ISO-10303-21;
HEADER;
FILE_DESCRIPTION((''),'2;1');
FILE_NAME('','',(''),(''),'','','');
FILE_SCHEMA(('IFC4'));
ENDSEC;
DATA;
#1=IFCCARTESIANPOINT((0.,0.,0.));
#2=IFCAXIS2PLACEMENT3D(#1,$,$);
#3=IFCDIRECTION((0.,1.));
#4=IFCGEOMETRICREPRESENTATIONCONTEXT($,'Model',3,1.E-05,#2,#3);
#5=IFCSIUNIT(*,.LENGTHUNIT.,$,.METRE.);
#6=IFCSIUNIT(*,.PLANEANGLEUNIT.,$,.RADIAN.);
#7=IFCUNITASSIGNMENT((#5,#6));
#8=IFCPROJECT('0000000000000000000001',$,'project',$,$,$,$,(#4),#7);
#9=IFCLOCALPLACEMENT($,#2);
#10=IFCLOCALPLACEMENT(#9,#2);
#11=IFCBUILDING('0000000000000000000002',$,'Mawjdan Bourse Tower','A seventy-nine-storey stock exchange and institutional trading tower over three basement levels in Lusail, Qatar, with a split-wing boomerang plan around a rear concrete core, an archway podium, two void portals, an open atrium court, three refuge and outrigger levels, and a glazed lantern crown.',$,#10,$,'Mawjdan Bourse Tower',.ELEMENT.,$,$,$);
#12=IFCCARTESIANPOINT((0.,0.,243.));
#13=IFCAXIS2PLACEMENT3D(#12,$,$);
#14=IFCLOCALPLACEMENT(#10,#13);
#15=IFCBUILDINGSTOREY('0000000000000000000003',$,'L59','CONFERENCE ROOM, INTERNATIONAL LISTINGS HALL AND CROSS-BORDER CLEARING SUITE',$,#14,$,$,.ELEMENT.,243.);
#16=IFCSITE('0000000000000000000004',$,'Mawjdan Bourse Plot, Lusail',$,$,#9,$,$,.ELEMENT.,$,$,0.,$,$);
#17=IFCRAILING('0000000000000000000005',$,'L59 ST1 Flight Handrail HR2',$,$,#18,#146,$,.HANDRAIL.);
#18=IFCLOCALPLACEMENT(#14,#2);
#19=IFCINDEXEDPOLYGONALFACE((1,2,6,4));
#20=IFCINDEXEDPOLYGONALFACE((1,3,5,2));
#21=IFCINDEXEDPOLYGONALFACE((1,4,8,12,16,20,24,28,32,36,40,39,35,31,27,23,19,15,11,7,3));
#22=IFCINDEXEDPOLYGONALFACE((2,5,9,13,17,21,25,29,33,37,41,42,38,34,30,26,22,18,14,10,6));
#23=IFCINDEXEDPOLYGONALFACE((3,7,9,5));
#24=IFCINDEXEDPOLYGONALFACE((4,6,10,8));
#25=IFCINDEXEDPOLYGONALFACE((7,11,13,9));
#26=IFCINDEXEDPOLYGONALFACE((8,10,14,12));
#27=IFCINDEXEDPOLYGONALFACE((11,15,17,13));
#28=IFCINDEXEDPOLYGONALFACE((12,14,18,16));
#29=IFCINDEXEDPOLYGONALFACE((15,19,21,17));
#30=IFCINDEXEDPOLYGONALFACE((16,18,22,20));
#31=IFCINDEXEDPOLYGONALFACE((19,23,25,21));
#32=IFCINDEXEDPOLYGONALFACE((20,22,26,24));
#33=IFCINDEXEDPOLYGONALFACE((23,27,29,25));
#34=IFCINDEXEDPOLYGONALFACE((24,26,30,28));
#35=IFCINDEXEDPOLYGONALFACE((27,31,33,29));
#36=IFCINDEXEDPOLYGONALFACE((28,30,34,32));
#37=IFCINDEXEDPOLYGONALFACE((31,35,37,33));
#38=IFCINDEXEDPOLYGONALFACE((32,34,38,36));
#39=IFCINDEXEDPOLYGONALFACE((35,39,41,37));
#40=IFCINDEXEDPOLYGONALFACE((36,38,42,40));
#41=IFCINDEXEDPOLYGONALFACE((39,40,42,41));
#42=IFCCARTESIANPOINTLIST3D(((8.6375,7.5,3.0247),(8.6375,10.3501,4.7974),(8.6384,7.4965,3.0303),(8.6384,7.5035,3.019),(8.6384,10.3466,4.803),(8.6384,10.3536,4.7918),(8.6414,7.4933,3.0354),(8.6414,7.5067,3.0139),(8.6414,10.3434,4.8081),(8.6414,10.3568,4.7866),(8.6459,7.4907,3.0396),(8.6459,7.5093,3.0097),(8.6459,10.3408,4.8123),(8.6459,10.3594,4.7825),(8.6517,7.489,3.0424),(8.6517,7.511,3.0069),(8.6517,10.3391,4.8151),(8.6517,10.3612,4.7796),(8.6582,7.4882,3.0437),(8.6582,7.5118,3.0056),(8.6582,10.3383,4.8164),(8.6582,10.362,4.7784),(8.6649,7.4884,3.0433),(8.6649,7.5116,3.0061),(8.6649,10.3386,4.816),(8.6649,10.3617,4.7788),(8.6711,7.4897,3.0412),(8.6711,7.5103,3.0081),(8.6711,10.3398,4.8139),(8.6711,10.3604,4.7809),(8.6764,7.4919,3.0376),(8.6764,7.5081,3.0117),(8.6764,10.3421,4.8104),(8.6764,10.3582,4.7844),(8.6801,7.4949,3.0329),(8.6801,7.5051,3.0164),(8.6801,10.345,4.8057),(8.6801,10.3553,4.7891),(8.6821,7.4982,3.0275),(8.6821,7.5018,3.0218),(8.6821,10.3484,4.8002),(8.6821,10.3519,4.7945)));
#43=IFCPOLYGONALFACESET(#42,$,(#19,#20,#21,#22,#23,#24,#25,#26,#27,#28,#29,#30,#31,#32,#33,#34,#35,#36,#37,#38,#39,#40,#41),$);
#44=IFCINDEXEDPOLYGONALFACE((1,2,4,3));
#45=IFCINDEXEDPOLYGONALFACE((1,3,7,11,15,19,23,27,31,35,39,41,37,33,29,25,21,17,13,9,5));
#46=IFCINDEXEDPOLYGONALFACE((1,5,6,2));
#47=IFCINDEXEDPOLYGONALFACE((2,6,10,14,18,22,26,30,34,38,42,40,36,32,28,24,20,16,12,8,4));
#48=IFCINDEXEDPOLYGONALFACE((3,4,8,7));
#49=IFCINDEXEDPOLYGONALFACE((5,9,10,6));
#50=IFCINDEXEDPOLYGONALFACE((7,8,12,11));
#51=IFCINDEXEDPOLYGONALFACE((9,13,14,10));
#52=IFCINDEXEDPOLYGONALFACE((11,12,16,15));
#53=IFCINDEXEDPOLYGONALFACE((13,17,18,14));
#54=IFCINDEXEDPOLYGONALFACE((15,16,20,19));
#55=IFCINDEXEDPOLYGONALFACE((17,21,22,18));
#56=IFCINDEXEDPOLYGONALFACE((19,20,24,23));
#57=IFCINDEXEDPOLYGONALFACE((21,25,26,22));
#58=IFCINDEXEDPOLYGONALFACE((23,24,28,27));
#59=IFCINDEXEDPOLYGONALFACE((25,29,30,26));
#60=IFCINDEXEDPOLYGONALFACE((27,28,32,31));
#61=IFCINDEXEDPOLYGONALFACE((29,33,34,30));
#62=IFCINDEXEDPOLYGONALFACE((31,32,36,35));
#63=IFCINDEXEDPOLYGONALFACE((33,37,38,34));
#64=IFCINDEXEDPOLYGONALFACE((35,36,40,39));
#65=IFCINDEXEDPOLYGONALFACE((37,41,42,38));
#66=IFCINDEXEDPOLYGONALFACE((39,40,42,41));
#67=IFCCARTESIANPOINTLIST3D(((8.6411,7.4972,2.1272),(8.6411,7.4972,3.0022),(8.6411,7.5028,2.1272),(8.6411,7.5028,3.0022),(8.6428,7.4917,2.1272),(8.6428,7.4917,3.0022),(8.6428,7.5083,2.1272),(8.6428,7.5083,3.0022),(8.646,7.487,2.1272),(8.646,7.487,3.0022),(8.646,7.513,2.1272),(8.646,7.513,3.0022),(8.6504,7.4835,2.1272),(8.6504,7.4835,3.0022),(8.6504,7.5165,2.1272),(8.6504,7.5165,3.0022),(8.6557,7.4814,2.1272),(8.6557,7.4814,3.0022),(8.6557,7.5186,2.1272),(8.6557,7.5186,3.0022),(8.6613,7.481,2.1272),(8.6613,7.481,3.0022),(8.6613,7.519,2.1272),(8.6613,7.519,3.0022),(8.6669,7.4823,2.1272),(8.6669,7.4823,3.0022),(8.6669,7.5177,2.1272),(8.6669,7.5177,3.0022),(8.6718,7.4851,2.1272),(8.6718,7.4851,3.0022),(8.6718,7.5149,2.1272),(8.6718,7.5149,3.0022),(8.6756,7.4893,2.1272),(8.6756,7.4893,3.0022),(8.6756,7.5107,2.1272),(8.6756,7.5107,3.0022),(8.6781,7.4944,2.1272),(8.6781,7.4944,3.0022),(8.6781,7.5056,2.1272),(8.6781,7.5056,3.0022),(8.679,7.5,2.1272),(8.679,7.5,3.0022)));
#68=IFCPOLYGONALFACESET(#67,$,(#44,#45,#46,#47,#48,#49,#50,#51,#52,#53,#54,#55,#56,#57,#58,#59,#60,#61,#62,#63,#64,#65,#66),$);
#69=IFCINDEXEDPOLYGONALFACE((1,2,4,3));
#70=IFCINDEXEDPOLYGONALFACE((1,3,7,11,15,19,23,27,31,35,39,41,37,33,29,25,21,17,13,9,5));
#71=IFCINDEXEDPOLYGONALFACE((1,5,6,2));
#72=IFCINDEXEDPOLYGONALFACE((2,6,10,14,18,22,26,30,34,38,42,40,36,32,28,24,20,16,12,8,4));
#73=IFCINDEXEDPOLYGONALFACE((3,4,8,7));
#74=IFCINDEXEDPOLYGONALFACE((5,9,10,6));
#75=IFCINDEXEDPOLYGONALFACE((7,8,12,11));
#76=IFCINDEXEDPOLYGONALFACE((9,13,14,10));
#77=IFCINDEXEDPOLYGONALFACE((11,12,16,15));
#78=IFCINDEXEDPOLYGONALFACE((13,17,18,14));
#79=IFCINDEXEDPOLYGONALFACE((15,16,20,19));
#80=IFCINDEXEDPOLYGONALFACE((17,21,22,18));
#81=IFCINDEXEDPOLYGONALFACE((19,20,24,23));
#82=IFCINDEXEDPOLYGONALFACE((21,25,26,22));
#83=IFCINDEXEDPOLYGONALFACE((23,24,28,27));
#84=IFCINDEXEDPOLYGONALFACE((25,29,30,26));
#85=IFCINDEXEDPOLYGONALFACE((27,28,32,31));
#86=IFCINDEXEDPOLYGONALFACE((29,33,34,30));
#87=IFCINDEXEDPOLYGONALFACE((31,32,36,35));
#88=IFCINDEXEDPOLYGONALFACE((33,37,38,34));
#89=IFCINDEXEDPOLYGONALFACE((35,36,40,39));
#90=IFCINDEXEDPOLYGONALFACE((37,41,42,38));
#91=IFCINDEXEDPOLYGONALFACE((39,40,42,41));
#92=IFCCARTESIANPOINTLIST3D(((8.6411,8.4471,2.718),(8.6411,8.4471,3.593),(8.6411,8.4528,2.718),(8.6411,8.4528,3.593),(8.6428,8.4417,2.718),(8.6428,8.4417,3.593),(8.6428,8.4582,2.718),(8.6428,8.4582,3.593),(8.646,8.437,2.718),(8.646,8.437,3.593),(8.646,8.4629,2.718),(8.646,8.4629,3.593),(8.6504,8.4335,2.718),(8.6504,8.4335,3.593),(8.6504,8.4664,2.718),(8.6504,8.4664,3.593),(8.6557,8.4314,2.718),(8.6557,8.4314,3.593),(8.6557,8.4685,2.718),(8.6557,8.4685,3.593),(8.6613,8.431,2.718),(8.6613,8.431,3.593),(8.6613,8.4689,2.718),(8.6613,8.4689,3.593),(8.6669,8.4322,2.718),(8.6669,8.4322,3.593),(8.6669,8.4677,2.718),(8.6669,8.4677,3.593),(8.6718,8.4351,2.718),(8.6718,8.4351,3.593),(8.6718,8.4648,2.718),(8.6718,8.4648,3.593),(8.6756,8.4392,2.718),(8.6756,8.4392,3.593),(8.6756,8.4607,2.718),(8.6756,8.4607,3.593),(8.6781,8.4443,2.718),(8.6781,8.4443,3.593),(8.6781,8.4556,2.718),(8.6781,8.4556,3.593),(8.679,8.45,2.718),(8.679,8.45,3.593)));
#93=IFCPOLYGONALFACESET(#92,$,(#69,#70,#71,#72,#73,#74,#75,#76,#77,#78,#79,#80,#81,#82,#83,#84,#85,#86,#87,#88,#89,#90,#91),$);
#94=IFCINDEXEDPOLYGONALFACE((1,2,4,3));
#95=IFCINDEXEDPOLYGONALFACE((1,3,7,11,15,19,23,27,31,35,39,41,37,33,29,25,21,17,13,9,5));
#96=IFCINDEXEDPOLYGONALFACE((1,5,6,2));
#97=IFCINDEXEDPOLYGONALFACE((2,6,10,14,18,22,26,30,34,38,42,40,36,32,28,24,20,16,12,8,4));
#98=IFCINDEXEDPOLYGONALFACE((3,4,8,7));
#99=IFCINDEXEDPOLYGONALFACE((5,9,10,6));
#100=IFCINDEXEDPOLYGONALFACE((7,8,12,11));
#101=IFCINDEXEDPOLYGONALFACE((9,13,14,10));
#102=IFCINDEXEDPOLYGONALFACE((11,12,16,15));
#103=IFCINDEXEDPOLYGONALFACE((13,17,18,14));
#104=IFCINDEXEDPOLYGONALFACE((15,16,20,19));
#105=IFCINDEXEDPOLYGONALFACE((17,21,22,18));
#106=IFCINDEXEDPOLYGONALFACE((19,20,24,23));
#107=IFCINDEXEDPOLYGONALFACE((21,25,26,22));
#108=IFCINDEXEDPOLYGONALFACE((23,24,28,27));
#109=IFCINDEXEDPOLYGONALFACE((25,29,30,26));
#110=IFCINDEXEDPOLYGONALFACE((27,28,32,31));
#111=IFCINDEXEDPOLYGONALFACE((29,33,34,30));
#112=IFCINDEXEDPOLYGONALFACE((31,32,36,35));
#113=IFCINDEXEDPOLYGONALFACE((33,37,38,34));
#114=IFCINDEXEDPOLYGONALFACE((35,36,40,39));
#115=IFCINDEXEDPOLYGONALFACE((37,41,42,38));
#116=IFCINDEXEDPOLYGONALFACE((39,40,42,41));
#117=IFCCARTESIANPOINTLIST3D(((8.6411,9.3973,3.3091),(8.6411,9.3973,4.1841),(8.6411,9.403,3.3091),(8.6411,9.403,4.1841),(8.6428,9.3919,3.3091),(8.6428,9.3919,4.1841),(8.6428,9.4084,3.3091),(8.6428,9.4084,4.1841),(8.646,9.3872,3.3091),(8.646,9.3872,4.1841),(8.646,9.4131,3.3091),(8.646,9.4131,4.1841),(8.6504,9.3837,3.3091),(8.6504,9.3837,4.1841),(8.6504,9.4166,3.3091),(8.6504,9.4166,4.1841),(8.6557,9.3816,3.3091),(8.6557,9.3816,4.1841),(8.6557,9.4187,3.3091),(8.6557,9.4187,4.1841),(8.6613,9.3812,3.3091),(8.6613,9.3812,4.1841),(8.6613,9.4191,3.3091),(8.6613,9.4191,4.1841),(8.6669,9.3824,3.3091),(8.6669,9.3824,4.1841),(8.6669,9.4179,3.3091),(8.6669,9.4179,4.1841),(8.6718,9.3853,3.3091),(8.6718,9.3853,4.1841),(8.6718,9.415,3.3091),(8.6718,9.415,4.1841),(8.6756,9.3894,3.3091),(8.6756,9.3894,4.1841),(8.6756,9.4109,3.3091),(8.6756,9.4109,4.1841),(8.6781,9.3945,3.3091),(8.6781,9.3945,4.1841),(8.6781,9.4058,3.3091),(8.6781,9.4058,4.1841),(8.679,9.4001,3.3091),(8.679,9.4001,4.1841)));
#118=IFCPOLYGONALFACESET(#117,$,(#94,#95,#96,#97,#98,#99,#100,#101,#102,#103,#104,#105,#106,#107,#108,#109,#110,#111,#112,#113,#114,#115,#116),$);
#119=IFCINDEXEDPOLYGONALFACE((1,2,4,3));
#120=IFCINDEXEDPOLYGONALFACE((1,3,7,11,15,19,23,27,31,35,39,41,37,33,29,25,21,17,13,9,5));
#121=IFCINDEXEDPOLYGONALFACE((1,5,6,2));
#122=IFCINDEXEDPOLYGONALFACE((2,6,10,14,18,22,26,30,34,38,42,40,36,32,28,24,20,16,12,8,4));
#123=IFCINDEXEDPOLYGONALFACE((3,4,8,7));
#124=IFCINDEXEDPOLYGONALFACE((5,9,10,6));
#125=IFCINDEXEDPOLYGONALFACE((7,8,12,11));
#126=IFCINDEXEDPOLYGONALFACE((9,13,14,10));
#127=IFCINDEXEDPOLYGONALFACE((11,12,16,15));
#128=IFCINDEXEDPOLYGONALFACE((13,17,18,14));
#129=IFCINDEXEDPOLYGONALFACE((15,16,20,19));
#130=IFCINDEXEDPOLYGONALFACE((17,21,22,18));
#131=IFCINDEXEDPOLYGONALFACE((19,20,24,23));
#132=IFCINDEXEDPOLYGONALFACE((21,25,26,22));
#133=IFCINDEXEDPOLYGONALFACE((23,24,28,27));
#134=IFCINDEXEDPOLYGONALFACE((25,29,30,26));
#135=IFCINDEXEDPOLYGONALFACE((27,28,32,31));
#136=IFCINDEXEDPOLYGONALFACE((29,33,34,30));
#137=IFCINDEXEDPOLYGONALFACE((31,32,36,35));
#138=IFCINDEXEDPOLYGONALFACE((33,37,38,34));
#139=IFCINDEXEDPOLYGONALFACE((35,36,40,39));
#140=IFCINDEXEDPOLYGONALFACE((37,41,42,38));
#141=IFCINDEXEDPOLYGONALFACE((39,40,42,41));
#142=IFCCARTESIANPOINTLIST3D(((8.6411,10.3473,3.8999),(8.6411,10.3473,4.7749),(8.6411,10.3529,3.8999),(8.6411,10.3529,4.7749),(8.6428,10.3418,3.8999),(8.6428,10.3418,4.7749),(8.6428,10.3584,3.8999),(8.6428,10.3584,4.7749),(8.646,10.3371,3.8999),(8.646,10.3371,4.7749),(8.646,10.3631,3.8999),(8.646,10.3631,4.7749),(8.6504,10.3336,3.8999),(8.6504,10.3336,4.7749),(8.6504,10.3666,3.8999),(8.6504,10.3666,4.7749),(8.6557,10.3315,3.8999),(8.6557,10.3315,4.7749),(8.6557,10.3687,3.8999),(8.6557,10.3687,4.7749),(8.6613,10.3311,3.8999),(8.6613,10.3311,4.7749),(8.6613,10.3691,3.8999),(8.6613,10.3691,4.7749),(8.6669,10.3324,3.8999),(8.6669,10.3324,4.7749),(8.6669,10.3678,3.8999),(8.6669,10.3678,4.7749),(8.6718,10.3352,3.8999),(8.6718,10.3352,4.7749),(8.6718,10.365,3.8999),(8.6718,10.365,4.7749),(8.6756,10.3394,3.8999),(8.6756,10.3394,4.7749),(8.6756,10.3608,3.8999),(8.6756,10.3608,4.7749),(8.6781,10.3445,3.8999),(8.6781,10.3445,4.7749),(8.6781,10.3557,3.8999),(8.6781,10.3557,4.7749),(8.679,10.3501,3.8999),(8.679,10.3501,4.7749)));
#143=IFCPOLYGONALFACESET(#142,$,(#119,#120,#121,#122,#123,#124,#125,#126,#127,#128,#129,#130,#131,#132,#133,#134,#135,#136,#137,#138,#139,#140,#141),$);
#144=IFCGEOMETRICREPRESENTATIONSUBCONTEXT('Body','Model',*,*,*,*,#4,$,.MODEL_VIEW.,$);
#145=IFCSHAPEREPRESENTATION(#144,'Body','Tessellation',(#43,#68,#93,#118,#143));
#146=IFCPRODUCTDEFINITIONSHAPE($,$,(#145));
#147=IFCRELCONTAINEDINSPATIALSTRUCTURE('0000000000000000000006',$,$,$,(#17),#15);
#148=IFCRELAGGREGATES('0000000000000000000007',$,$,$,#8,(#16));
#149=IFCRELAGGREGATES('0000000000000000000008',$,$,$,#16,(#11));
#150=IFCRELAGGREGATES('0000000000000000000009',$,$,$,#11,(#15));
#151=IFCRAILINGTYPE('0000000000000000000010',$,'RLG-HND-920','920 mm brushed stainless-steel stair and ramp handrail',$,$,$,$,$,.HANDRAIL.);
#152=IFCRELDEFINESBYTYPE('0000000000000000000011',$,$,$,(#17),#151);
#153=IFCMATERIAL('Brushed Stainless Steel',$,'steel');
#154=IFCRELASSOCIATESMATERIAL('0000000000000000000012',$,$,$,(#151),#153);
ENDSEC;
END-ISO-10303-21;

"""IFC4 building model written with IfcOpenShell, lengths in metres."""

from ifc_helpers import new_model, si_unit, direction, frame, origin, origin_2d, place, context, subcontext, project, spatial, circle, extrude, material, type_object, element, save


model = new_model("IFC4")

# Units and contexts
model_context = context("Model", 3, precision=1e-05, world=origin(), true_north=direction((0.0, 1.0)))
body_context = subcontext(model_context, "Body", "Model", "MODEL_VIEW")
ifc_project = project(units=[si_unit("LENGTHUNIT", "METRE"), si_unit("PLANEANGLEUNIT", "RADIAN")], contexts=[model_context])

# Site, building, storey
site_placement = place(None, origin())
site = spatial("IfcSite", under=ifc_project, at=site_placement, Name="Mawjdan Bourse Plot, Lusail", CompositionType="ELEMENT", RefElevation=0.0)
building_placement = place(site_placement, origin())
building = spatial("IfcBuilding", under=site, at=building_placement, Name="Mawjdan Bourse Tower", Description="A seventy-nine-storey stock exchange and institutional trading tower over three basement levels in Lusail, Qatar, with a split-wing boomerang plan around a rear concrete core, an archway podium, two void portals, an open atrium court, three refuge and outrigger levels, and a glazed lantern crown.", LongName="Mawjdan Bourse Tower", CompositionType="ELEMENT")
storey_placement = place(building_placement, frame((0.0, 0.0, 243.0)))
storey = spatial("IfcBuildingStorey", under=building, at=storey_placement, Name="L59", Description="CONFERENCE ROOM, INTERNATIONAL LISTINGS HALL AND CROSS-BORDER CLEARING SUITE", CompositionType="ELEMENT", Elevation=243.0)

# Shared definitions
ifc_material_1 = material(Name="Brushed Stainless Steel", Category="steel")

# Railing
railing_type_1 = type_object("IfcRailingType", Name="RLG-HND-920", Description="920 mm brushed stainless-steel stair and ramp handrail", PredefinedType="HANDRAIL", material=ifc_material_1)
railing_1_placement = place(storey_placement, frame((8.6599, 7.5, 2.1272)))
element("IfcRailing", 1, at=railing_1_placement, inside=storey, type_object=railing_type_1, Name="L59 ST1 Flight Handrail HR2", PredefinedType="HANDRAIL", context=body_context, shape_type="SweptSolid", body=[
    extrude(circle(Radius=0.0225, at=origin_2d()), frame((0.0, 0.0, 0.8975), z_axis=(0.0, 0.849149, 0.528154), x_axis=(-1.0, 0.0, 0.0)), (0.0, 0.0, 1.0), 3.3564),
    extrude(circle(Radius=0.019, at=origin_2d()), origin(), (0.0, 0.0, 1.0), 0.875),
    extrude(circle(Radius=0.019, at=origin_2d()), frame((0.0, 0.95, 0.5908)), (0.0, 0.0, 1.0), 0.875),
    extrude(circle(Radius=0.019, at=origin_2d()), frame((0.0, 1.9001, 1.1819)), (0.0, 0.0, 1.0), 0.875),
    extrude(circle(Radius=0.019, at=origin_2d()), frame((0.0, 2.8501, 1.7727)), (0.0, 0.0, 1.0), 0.875),
])

save(model, "model.ifc")
